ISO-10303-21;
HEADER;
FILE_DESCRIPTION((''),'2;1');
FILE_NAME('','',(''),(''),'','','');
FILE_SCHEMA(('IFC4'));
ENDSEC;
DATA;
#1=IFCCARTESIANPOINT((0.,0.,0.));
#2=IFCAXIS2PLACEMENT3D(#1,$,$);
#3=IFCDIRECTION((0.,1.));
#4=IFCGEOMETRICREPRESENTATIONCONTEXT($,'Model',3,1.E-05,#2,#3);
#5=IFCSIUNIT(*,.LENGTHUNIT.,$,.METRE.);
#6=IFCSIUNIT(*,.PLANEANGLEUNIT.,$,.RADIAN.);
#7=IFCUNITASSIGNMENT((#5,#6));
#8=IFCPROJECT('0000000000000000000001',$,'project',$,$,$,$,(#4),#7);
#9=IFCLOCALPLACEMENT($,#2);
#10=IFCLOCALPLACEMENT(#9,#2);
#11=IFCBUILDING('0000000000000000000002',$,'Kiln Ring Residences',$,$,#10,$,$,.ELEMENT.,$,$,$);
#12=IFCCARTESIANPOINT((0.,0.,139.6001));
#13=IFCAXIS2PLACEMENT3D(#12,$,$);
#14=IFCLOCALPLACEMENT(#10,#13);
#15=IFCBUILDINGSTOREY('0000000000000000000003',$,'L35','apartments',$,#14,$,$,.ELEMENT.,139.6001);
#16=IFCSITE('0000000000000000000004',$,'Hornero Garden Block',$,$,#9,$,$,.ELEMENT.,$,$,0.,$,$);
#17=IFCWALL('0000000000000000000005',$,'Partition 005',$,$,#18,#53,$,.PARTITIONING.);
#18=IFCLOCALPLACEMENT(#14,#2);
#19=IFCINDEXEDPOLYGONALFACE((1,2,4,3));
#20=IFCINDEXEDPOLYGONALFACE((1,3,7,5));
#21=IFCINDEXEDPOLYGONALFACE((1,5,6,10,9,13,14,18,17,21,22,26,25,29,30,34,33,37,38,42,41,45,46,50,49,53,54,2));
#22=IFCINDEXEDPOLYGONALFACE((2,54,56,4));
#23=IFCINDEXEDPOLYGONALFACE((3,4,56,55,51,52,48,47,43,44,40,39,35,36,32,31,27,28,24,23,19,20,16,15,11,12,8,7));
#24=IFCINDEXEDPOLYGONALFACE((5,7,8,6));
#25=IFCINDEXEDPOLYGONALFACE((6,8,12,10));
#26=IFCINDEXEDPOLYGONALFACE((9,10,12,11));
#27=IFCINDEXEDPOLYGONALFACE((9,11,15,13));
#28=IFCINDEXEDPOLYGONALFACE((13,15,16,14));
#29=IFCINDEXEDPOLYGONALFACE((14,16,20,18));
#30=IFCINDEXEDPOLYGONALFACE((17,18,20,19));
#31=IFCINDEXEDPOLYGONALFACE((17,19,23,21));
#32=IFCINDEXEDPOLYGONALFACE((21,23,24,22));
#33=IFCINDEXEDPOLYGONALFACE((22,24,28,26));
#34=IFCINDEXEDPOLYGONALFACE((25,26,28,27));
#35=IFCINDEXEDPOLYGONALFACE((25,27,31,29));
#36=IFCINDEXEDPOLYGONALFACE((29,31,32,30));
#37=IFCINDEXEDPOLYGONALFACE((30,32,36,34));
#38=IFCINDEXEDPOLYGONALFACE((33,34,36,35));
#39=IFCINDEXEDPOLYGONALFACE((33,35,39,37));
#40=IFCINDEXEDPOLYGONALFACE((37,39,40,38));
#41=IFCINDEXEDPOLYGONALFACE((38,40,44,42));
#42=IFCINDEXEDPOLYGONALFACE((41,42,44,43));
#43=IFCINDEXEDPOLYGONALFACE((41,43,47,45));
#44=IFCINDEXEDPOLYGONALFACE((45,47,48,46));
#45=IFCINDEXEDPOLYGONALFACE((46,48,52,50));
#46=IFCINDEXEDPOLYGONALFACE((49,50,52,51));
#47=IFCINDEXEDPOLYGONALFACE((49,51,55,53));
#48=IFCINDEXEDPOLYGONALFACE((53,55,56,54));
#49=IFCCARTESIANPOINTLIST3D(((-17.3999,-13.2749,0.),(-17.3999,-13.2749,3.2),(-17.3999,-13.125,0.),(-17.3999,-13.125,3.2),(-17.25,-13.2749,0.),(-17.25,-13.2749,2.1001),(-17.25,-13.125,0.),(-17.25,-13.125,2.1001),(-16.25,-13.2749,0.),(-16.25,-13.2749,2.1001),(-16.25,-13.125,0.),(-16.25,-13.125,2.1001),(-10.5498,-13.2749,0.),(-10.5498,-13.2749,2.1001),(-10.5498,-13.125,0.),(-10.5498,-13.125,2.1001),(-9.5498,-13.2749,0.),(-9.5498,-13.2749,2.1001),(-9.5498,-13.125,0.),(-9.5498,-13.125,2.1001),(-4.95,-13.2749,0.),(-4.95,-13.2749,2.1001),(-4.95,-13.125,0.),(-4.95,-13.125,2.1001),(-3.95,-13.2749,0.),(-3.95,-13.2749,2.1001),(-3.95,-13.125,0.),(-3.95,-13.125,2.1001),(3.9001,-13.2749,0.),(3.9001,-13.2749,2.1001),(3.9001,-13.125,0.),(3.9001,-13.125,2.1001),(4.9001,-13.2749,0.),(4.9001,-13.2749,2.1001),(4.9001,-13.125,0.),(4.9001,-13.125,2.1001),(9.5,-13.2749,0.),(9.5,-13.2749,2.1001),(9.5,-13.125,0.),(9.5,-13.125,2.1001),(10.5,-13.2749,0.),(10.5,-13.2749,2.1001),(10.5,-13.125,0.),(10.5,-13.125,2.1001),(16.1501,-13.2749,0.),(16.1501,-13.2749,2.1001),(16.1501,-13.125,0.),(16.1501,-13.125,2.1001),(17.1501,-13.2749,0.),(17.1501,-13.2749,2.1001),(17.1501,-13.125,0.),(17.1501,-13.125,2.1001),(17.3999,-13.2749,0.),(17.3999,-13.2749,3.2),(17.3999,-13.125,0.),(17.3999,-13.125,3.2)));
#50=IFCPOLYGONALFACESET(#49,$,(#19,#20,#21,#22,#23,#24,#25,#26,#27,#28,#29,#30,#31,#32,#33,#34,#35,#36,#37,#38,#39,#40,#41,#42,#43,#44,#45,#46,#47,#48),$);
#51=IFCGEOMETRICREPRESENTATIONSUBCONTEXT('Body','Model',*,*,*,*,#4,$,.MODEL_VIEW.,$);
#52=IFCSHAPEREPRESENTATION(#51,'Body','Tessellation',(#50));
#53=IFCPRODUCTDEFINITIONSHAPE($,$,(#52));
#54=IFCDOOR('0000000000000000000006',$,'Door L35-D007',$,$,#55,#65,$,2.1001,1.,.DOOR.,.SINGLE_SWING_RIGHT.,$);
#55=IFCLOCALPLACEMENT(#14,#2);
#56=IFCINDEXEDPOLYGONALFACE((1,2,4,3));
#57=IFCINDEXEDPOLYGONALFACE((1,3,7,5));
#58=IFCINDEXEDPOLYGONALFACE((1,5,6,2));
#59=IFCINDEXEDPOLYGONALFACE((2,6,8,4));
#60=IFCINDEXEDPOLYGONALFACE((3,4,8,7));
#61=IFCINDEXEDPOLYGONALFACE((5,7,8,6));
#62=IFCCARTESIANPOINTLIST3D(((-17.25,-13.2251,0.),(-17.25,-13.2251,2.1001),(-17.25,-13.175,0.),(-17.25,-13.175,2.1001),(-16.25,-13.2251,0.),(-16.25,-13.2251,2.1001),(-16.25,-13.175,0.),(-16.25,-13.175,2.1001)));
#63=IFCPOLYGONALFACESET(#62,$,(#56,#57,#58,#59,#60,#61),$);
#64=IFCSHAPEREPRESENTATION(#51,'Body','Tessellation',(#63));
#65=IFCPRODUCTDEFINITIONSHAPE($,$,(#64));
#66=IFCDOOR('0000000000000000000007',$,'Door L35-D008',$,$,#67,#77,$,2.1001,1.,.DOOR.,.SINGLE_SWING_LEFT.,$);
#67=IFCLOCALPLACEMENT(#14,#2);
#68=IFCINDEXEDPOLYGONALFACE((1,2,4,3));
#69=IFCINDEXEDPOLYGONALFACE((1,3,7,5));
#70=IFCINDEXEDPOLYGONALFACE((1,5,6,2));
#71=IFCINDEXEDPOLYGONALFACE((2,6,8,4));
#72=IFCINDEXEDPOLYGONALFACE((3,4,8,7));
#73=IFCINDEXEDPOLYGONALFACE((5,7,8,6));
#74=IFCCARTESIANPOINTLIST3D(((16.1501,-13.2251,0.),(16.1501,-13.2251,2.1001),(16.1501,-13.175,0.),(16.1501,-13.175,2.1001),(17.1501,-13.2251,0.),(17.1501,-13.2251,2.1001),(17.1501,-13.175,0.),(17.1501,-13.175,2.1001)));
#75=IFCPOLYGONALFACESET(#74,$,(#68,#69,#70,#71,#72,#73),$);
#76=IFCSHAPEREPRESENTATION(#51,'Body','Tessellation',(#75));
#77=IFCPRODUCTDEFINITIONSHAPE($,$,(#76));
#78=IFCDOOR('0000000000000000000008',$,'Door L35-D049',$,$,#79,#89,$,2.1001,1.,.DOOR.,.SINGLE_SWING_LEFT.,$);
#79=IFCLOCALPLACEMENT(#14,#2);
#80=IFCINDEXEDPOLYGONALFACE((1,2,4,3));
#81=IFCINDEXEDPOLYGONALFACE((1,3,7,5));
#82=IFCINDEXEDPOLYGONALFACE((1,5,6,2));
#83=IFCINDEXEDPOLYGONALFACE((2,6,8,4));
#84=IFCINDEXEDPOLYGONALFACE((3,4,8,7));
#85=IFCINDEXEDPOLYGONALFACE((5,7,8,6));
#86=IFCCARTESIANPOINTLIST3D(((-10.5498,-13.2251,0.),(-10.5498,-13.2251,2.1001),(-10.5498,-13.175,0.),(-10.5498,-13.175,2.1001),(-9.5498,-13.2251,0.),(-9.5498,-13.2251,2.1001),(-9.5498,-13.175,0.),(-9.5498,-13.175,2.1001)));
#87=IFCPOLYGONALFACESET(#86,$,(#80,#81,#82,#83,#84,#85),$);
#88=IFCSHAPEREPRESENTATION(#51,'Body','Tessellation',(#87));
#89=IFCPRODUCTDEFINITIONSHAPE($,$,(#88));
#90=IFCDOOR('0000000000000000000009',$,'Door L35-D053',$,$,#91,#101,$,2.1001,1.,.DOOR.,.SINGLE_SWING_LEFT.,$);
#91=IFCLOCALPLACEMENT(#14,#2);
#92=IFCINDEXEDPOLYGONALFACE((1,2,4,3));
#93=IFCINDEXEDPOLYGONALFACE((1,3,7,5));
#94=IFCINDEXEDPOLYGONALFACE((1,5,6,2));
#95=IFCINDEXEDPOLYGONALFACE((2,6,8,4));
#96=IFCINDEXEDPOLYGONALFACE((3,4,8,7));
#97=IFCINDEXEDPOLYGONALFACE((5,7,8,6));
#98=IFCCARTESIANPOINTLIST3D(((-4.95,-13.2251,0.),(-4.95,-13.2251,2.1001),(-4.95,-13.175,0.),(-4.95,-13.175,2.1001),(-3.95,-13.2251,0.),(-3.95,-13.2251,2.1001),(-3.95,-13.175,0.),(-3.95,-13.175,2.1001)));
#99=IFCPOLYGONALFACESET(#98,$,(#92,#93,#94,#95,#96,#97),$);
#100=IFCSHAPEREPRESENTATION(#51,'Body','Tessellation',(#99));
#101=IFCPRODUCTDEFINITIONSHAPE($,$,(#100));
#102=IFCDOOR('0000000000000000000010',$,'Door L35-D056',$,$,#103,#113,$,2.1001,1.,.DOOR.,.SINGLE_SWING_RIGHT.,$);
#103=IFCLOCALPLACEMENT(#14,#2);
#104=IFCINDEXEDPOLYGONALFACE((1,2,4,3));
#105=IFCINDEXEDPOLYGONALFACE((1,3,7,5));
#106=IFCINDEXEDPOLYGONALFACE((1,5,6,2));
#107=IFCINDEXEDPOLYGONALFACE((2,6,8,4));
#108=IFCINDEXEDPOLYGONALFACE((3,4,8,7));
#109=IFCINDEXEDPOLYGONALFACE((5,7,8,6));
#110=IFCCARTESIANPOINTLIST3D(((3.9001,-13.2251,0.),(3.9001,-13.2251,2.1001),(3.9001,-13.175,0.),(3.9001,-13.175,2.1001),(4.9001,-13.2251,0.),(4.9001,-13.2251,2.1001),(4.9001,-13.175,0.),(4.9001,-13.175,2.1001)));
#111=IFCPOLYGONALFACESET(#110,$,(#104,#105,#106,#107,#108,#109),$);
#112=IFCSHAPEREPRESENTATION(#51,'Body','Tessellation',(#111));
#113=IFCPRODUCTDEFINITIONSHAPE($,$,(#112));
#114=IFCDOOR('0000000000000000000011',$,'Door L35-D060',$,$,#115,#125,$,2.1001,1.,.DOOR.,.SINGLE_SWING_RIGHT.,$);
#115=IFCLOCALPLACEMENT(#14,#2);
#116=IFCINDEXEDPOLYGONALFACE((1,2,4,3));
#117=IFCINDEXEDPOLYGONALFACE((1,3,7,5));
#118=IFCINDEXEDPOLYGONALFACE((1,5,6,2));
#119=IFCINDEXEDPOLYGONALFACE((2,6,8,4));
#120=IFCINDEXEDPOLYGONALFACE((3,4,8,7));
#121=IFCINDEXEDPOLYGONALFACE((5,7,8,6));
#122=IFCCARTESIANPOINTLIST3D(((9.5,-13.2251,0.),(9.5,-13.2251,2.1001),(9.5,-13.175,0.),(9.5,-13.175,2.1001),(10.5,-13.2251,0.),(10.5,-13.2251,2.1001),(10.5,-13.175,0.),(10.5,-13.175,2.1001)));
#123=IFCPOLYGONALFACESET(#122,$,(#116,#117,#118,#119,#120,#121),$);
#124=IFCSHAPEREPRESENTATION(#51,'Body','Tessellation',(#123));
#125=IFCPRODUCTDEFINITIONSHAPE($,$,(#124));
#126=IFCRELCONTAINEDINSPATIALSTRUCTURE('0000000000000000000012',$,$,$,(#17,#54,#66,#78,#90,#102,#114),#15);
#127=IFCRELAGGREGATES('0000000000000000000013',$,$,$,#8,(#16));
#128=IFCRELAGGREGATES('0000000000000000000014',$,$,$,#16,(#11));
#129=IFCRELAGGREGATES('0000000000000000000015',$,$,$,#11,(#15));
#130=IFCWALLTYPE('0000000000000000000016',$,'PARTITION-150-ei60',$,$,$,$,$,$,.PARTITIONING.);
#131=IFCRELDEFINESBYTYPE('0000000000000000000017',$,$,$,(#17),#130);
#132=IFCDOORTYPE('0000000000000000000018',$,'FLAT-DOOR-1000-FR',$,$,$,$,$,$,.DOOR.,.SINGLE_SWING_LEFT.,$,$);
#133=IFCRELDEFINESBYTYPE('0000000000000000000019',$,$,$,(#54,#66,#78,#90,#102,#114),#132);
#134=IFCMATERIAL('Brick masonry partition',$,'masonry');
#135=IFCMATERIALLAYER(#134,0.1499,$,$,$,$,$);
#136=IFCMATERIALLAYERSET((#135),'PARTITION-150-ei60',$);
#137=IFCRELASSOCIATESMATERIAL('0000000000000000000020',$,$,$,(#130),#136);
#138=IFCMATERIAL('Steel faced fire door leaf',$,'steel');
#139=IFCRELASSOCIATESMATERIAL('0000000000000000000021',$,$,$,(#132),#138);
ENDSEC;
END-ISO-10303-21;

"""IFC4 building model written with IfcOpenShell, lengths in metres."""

from ifc_helpers import new_model, si_unit, direction, frame, frame_2d, origin, place, context, subcontext, project, spatial, rectangle, extrude, material, layer, layer_set, type_object, element, fill, save


model = new_model("IFC4")

# Units and contexts
model_context = context("Model", 3, precision=1e-05, world=origin(), true_north=direction((0.0, 1.0)))
body_context = subcontext(model_context, "Body", "Model", "MODEL_VIEW")
ifc_project = project(units=[si_unit("LENGTHUNIT", "METRE"), si_unit("PLANEANGLEUNIT", "RADIAN")], contexts=[model_context])

# Site, building, storey
site_placement = place(None, origin())
site = spatial("IfcSite", under=ifc_project, at=site_placement, Name="Hornero Garden Block", CompositionType="ELEMENT", RefElevation=0.0)
building_placement = place(site_placement, origin())
building = spatial("IfcBuilding", under=site, at=building_placement, Name="Kiln Ring Residences", CompositionType="ELEMENT")
storey_placement = place(building_placement, frame((0.0, 0.0, 139.6001)))
storey = spatial("IfcBuildingStorey", under=building, at=storey_placement, Name="L35", Description="apartments", CompositionType="ELEMENT", Elevation=139.6001)

# Wall, openings, doors
ifc_material_1 = material(Name="Brick masonry partition", Category="masonry")
ifc_layer_1 = layer(ifc_material_1, 0.1499)
ifc_layer_set_1 = layer_set([ifc_layer_1], Name="PARTITION-150-ei60")
wall_type_1 = type_object("IfcWallType", Name="PARTITION-150-ei60", PredefinedType="PARTITIONING", material=ifc_layer_set_1)
wall_1_placement = place(storey_placement, frame((-17.3999, -13.2, 0.0), z_axis=(0.0, 0.0, 1.0), x_axis=(1.0, 0.0, 0.0)))
wall_1 = element("IfcWall", 1, at=wall_1_placement, inside=storey, type_object=wall_type_1, Name="Partition 005", PredefinedType="PARTITIONING", context=body_context, shape_type="SweptSolid", body=[
    extrude(rectangle(XDim=34.7998, YDim=0.1499, at=frame_2d((17.3999, 0.0))), origin(), (0.0, 0.0, 1.0), 3.2),
])
opening_1_placement = place(wall_1_placement, frame((0.1499, 0.0, 0.0)))
opening_1 = element("IfcOpeningElement", 2, at=opening_1_placement, cuts=wall_1, PredefinedType="OPENING", context=body_context, shape_type="SweptSolid", body=[
    extrude(rectangle(XDim=1.0, YDim=2.1001, at=frame_2d((0.5, 1.05))), frame((0.0, 0.085, 0.0), z_axis=(0.0, -1.0, 0.0), x_axis=(1.0, 0.0, 0.0)), (0.0, 0.0, 1.0), 0.1699),
])
opening_2_placement = place(wall_1_placement, frame((33.55, 0.0, 0.0)))
opening_2 = element("IfcOpeningElement", 3, at=opening_2_placement, cuts=wall_1, PredefinedType="OPENING", context=body_context, shape_type="SweptSolid", body=[
    extrude(rectangle(XDim=1.0, YDim=2.1001, at=frame_2d((0.5, 1.05))), frame((0.0, 0.085, 0.0), z_axis=(0.0, -1.0, 0.0), x_axis=(1.0, 0.0, 0.0)), (0.0, 0.0, 1.0), 0.1699),
])
opening_3_placement = place(wall_1_placement, frame((6.8501, 0.0, 0.0)))
opening_3 = element("IfcOpeningElement", 4, at=opening_3_placement, cuts=wall_1, PredefinedType="OPENING", context=body_context, shape_type="SweptSolid", body=[
    extrude(rectangle(XDim=1.0, YDim=2.1001, at=frame_2d((0.5, 1.05))), frame((0.0, 0.085, 0.0), z_axis=(0.0, -1.0, 0.0), x_axis=(1.0, 0.0, 0.0)), (0.0, 0.0, 1.0), 0.1699),
])
opening_4_placement = place(wall_1_placement, frame((12.45, 0.0, 0.0)))
opening_4 = element("IfcOpeningElement", 5, at=opening_4_placement, cuts=wall_1, PredefinedType="OPENING", context=body_context, shape_type="SweptSolid", body=[
    extrude(rectangle(XDim=1.0, YDim=2.1001, at=frame_2d((0.5, 1.05))), frame((0.0, 0.085, 0.0), z_axis=(0.0, -1.0, 0.0), x_axis=(1.0, 0.0, 0.0)), (0.0, 0.0, 1.0), 0.1699),
])
opening_5_placement = place(wall_1_placement, frame((21.3, 0.0, 0.0)))
opening_5 = element("IfcOpeningElement", 6, at=opening_5_placement, cuts=wall_1, PredefinedType="OPENING", context=body_context, shape_type="SweptSolid", body=[
    extrude(rectangle(XDim=1.0, YDim=2.1001, at=frame_2d((0.5, 1.05))), frame((0.0, 0.085, 0.0), z_axis=(0.0, -1.0, 0.0), x_axis=(1.0, 0.0, 0.0)), (0.0, 0.0, 1.0), 0.1699),
])
opening_6_placement = place(wall_1_placement, frame((26.8999, 0.0, 0.0)))
opening_6 = element("IfcOpeningElement", 7, at=opening_6_placement, cuts=wall_1, PredefinedType="OPENING", context=body_context, shape_type="SweptSolid", body=[
    extrude(rectangle(XDim=1.0, YDim=2.1001, at=frame_2d((0.5, 1.05))), frame((0.0, 0.085, 0.0), z_axis=(0.0, -1.0, 0.0), x_axis=(1.0, 0.0, 0.0)), (0.0, 0.0, 1.0), 0.1699),
])
ifc_material_2 = material(Name="Steel faced fire door leaf", Category="steel")
door_type = type_object("IfcDoorType", Name="FLAT-DOOR-1000-FR", OperationType="SINGLE_SWING_LEFT", PredefinedType="DOOR", material=ifc_material_2)
door_1_placement = place(opening_1_placement, origin())
door_1 = element("IfcDoor", 8, at=door_1_placement, inside=storey, type_object=door_type, Name="Door L35-D007", OperationType="SINGLE_SWING_RIGHT", OverallHeight=2.1001, OverallWidth=1.0, PredefinedType="DOOR", context=body_context, shape_type="SweptSolid", body=[
    extrude(rectangle(XDim=1.0, YDim=2.1001, at=frame_2d((0.5, 1.05))), frame((0.0, 0.0249, 0.0), z_axis=(0.0, -1.0, 0.0), x_axis=(1.0, 0.0, 0.0)), (0.0, 0.0, 1.0), 0.05),
])
fill(opening_1, door_1)
door_2_placement = place(opening_2_placement, origin())
door_2 = element("IfcDoor", 9, at=door_2_placement, inside=storey, type_object=door_type, Name="Door L35-D008", OperationType="SINGLE_SWING_LEFT", OverallHeight=2.1001, OverallWidth=1.0, PredefinedType="DOOR", context=body_context, shape_type="SweptSolid", body=[
    extrude(rectangle(XDim=1.0, YDim=2.1001, at=frame_2d((0.5, 1.05))), frame((0.0, 0.0249, 0.0), z_axis=(0.0, -1.0, 0.0), x_axis=(1.0, 0.0, 0.0)), (0.0, 0.0, 1.0), 0.05),
])
fill(opening_2, door_2)
door_3_placement = place(opening_3_placement, origin())
door_3 = element("IfcDoor", 10, at=door_3_placement, inside=storey, type_object=door_type, Name="Door L35-D049", OperationType="SINGLE_SWING_LEFT", OverallHeight=2.1001, OverallWidth=1.0, PredefinedType="DOOR", context=body_context, shape_type="SweptSolid", body=[
    extrude(rectangle(XDim=1.0, YDim=2.1001, at=frame_2d((0.5, 1.05))), frame((0.0, 0.0249, 0.0), z_axis=(0.0, -1.0, 0.0), x_axis=(1.0, 0.0, 0.0)), (0.0, 0.0, 1.0), 0.05),
])
fill(opening_3, door_3)
door_4_placement = place(opening_4_placement, origin())
door_4 = element("IfcDoor", 11, at=door_4_placement, inside=storey, type_object=door_type, Name="Door L35-D053", OperationType="SINGLE_SWING_LEFT", OverallHeight=2.1001, OverallWidth=1.0, PredefinedType="DOOR", context=body_context, shape_type="SweptSolid", body=[
    extrude(rectangle(XDim=1.0, YDim=2.1001, at=frame_2d((0.5, 1.05))), frame((0.0, 0.0249, 0.0), z_axis=(0.0, -1.0, 0.0), x_axis=(1.0, 0.0, 0.0)), (0.0, 0.0, 1.0), 0.05),
])
fill(opening_4, door_4)
door_5_placement = place(opening_5_placement, origin())
door_5 = element("IfcDoor", 12, at=door_5_placement, inside=storey, type_object=door_type, Name="Door L35-D056", OperationType="SINGLE_SWING_RIGHT", OverallHeight=2.1001, OverallWidth=1.0, PredefinedType="DOOR", context=body_context, shape_type="SweptSolid", body=[
    extrude(rectangle(XDim=1.0, YDim=2.1001, at=frame_2d((0.5, 1.05))), frame((0.0, 0.0249, 0.0), z_axis=(0.0, -1.0, 0.0), x_axis=(1.0, 0.0, 0.0)), (0.0, 0.0, 1.0), 0.05),
])
fill(opening_5, door_5)
door_6_placement = place(opening_6_placement, origin())
door_6 = element("IfcDoor", 13, at=door_6_placement, inside=storey, type_object=door_type, Name="Door L35-D060", OperationType="SINGLE_SWING_RIGHT", OverallHeight=2.1001, OverallWidth=1.0, PredefinedType="DOOR", context=body_context, shape_type="SweptSolid", body=[
    extrude(rectangle(XDim=1.0, YDim=2.1001, at=frame_2d((0.5, 1.05))), frame((0.0, 0.0249, 0.0), z_axis=(0.0, -1.0, 0.0), x_axis=(1.0, 0.0, 0.0)), (0.0, 0.0, 1.0), 0.05),
])
fill(opening_6, door_6)

save(model, "model.ifc")
